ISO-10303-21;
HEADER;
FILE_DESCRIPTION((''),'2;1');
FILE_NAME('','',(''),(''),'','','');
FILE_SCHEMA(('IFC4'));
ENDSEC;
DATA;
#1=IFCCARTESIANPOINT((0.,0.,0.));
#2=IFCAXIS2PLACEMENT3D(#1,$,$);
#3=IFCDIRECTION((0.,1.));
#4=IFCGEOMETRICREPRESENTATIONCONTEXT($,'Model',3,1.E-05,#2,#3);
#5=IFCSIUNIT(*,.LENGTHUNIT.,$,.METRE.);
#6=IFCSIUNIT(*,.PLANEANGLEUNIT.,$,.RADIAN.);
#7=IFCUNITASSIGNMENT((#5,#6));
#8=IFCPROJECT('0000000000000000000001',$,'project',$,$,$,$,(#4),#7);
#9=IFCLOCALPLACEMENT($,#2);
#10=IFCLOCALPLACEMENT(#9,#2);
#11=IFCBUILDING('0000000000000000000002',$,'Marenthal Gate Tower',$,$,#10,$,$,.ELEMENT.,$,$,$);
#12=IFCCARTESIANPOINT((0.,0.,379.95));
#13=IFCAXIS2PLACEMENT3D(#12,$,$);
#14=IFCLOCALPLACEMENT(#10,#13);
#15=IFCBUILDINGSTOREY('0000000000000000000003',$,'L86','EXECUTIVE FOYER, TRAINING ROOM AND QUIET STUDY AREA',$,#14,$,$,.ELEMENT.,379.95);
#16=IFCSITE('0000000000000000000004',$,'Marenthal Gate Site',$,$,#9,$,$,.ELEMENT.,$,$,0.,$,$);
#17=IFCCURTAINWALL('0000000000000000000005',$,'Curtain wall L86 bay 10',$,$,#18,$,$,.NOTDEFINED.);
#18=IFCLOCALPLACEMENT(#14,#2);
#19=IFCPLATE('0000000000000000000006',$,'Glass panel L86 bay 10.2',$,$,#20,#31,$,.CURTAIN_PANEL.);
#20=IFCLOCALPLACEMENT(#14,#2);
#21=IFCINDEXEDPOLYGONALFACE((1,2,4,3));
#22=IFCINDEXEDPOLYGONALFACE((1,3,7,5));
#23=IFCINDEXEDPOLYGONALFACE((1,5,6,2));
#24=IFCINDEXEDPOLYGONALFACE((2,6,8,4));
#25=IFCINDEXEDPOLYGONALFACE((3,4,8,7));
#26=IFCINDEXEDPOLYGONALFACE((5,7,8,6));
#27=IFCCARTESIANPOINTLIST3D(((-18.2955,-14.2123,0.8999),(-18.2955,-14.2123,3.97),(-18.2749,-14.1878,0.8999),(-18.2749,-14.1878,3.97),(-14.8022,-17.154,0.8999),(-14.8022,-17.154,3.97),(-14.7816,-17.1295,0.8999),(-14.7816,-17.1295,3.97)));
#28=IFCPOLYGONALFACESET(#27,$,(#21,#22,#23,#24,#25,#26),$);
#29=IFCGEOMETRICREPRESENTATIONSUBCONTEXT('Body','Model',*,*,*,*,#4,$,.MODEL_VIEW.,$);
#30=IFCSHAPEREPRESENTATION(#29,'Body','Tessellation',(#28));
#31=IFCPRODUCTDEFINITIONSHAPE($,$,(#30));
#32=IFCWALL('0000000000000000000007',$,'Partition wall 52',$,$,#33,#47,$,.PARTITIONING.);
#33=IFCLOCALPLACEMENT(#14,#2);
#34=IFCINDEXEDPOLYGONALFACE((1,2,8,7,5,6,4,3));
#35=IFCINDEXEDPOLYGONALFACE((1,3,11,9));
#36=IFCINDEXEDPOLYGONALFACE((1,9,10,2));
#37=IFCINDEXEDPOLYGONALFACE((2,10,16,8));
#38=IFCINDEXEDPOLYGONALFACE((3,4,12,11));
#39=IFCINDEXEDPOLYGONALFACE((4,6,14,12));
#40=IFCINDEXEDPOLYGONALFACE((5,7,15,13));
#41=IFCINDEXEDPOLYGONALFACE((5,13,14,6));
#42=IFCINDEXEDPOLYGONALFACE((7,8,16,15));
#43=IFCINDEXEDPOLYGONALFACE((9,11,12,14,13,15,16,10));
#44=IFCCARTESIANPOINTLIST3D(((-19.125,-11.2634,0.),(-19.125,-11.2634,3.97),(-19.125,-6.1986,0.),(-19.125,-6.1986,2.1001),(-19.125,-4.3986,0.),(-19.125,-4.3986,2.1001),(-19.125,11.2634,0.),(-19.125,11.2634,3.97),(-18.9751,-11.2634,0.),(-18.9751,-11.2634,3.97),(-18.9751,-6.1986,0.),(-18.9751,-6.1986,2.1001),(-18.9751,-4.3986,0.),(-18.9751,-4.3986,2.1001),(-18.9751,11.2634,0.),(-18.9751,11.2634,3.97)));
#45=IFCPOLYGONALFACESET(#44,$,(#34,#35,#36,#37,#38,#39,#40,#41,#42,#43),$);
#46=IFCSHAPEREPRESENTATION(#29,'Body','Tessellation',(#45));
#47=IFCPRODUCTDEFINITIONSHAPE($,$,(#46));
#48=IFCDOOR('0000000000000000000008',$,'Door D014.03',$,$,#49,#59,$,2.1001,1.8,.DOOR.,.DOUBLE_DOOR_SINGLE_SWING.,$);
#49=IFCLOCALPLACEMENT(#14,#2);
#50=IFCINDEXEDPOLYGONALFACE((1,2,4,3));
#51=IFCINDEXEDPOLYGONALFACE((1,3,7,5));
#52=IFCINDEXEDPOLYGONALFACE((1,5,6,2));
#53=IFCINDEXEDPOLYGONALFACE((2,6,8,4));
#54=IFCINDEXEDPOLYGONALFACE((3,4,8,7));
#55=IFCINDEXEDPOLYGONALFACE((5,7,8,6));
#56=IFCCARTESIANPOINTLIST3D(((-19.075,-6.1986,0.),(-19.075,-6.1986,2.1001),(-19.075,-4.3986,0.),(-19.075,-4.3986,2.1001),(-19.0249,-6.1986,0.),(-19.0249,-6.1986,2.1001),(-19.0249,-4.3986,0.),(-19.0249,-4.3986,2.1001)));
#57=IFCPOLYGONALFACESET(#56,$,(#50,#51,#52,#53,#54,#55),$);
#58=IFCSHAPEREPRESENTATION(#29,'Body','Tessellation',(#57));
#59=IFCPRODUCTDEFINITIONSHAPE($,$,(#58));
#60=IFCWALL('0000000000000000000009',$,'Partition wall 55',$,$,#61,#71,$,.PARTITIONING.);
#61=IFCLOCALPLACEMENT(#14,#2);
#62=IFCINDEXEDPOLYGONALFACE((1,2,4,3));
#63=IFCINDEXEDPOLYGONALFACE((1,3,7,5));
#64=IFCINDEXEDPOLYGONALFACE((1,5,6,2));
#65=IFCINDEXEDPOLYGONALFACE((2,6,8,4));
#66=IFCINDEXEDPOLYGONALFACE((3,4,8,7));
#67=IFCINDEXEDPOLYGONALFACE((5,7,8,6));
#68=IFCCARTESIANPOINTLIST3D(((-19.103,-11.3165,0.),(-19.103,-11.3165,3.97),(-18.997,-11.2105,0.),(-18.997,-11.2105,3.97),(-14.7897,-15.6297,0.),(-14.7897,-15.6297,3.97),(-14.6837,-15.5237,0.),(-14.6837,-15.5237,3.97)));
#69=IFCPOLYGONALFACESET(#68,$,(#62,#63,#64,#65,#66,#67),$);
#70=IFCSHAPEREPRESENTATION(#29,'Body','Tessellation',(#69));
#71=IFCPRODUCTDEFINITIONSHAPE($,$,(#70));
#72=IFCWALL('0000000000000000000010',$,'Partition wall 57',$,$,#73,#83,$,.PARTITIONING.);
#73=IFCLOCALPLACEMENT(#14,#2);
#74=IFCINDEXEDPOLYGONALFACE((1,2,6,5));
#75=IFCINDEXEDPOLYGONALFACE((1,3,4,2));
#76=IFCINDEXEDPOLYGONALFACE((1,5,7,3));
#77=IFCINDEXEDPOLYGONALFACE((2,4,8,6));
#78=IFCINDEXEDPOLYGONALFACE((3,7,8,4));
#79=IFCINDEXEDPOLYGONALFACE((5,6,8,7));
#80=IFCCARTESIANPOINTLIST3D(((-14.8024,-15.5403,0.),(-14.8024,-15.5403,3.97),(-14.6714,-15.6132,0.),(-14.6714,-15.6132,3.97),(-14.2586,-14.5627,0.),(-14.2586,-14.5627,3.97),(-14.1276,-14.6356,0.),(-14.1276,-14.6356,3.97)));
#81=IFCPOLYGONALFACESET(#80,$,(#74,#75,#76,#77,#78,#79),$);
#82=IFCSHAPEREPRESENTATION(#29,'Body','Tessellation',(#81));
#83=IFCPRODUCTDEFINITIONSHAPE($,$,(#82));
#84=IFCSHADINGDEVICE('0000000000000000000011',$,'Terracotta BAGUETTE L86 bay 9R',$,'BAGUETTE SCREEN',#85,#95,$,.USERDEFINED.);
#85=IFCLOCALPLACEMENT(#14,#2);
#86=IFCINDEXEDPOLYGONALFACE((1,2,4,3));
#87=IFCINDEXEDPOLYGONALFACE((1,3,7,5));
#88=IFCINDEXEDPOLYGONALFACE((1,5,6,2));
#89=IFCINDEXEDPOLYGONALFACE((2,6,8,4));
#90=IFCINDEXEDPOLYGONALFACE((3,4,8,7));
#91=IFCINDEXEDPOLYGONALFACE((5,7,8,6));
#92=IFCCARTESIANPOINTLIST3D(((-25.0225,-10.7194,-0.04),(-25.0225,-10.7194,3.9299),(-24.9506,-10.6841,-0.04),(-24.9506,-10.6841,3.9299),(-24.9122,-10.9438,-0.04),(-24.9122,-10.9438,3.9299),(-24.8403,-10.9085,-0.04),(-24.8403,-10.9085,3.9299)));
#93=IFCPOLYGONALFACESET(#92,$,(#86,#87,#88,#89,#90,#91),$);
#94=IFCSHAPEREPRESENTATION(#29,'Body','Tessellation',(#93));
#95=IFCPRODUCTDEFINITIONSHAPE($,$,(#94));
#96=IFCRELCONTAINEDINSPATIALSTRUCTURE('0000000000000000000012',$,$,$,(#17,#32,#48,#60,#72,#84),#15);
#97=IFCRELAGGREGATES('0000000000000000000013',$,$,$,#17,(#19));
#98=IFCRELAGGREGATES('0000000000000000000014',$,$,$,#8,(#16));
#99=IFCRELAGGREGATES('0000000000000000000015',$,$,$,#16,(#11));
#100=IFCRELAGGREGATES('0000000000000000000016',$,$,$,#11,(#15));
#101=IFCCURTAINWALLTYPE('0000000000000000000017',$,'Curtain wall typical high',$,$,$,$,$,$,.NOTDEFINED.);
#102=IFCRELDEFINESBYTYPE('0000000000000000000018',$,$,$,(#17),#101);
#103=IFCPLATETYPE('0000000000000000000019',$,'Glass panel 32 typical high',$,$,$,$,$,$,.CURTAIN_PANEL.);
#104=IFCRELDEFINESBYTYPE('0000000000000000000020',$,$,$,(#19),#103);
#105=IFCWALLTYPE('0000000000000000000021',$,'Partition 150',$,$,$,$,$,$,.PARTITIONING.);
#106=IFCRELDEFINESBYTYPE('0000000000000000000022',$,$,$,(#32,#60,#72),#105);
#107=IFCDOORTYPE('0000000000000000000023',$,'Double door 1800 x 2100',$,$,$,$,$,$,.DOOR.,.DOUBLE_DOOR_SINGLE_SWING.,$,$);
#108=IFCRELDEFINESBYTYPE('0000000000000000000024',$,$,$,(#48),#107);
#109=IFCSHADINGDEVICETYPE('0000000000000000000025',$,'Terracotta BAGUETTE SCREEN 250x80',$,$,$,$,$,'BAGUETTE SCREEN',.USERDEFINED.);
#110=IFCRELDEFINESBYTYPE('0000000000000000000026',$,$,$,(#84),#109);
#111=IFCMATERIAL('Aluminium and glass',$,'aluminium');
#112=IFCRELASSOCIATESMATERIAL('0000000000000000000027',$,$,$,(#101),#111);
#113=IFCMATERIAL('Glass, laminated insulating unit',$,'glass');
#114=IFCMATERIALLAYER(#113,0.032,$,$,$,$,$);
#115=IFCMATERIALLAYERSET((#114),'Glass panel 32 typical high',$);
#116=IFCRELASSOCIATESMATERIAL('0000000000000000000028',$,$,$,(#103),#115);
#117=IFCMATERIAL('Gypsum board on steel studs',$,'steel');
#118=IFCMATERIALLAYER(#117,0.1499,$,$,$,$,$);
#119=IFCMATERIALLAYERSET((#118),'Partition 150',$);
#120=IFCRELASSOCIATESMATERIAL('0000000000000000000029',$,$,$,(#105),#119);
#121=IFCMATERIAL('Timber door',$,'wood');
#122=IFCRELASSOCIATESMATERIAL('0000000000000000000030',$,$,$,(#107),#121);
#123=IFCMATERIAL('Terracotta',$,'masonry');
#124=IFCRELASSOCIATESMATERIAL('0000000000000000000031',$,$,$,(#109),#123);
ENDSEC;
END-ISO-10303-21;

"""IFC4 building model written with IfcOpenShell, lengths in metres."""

from ifc_helpers import new_model, si_unit, direction, frame, frame_2d, origin, origin_2d, place, context, subcontext, project, spatial, rectangle, extrude, material, layer, layer_set, material_profile, profile_set, type_object, element, fill, aggregate, save


model = new_model("IFC4")

# Units and contexts
model_context = context("Model", 3, precision=1e-05, world=origin(), true_north=direction((0.0, 1.0)))
body_context = subcontext(model_context, "Body", "Model", "MODEL_VIEW")
ifc_project = project(units=[si_unit("LENGTHUNIT", "METRE"), si_unit("PLANEANGLEUNIT", "RADIAN")], contexts=[model_context])

# Site, building, storey
site_placement = place(None, origin())
site = spatial("IfcSite", under=ifc_project, at=site_placement, Name="Marenthal Gate Site", CompositionType="ELEMENT", RefElevation=0.0)
building_placement = place(site_placement, origin())
building = spatial("IfcBuilding", under=site, at=building_placement, Name="Marenthal Gate Tower", CompositionType="ELEMENT")
storey_placement = place(building_placement, frame((0.0, 0.0, 379.95)))
storey = spatial("IfcBuildingStorey", under=building, at=storey_placement, Name="L86", Description="EXECUTIVE FOYER, TRAINING ROOM AND QUIET STUDY AREA", CompositionType="ELEMENT", Elevation=379.95)

# Curtain wall
ifc_material_1 = material(Name="Aluminium and glass", Category="aluminium")
curtain_wall_type = type_object("IfcCurtainWallType", Name="Curtain wall typical high", PredefinedType="NOTDEFINED", material=ifc_material_1)
curtain_wall_placement = place(storey_placement, origin())
curtain_wall = element("IfcCurtainWall", 1, at=curtain_wall_placement, inside=storey, type_object=curtain_wall_type, Name="Curtain wall L86 bay 10", PredefinedType="NOTDEFINED")

# Plate
ifc_material_2 = material(Name="Glass, laminated insulating unit", Category="glass")
ifc_layer_1 = layer(ifc_material_2, 0.032)
ifc_layer_set_1 = layer_set([ifc_layer_1], Name="Glass panel 32 typical high")
plate_type = type_object("IfcPlateType", Name="Glass panel 32 typical high", PredefinedType="CURTAIN_PANEL", material=ifc_layer_set_1)
plate_1_placement = place(storey_placement, frame((-16.5386, -15.6709, 0.8999), z_axis=(0.0, 0.0, 1.0), x_axis=(0.764912, -0.644135, 0.0)))
plate_1 = element("IfcPlate", 2, at=plate_1_placement, type_object=plate_type, Name="Glass panel L86 bay 10.2", PredefinedType="CURTAIN_PANEL", context=body_context, shape_type="SweptSolid", body=[
    extrude(rectangle(XDim=4.5669, YDim=0.032, at=origin_2d()), origin(), (0.0, 0.0, 1.0), 3.0701),
])
aggregate(curtain_wall, [plate_1])

# Wall, opening, door
ifc_material_3 = material(Name="Gypsum board on steel studs", Category="steel")
ifc_layer_2 = layer(ifc_material_3, 0.1499)
ifc_layer_set_2 = layer_set([ifc_layer_2], Name="Partition 150")
wall_type_1 = type_object("IfcWallType", Name="Partition 150", PredefinedType="PARTITIONING", material=ifc_layer_set_2)
wall_1_placement = place(storey_placement, frame((-19.05, -11.2634, 0.0), z_axis=(0.0, 0.0, 1.0), x_axis=(0.0, 1.0, 0.0)))
wall_1 = element("IfcWall", 3, at=wall_1_placement, inside=storey, type_object=wall_type_1, Name="Partition wall 52", PredefinedType="PARTITIONING", context=body_context, shape_type="SweptSolid", body=[
    extrude(rectangle(XDim=22.5269, YDim=0.1499, at=frame_2d((11.2634, 0.0))), origin(), (0.0, 0.0, 1.0), 3.97),
])
opening_1_placement = place(wall_1_placement, frame((5.0649, 0.0, 0.0)))
opening_1 = element("IfcOpeningElement", 4, at=opening_1_placement, cuts=wall_1, PredefinedType="OPENING", context=body_context, shape_type="SweptSolid", body=[
    extrude(rectangle(XDim=1.8, YDim=2.1001, at=frame_2d((0.8999, 1.05))), frame((0.0, 0.085, 0.0), z_axis=(0.0, -1.0, 0.0), x_axis=(1.0, 0.0, 0.0)), (0.0, 0.0, 1.0), 0.1699),
])
ifc_material_4 = material(Name="Timber door", Category="wood")
door_type_1 = type_object("IfcDoorType", Name="Double door 1800 x 2100", OperationType="DOUBLE_DOOR_SINGLE_SWING", PredefinedType="DOOR", material=ifc_material_4)
door_1_placement = place(opening_1_placement, origin())
door_1 = element("IfcDoor", 5, at=door_1_placement, inside=storey, type_object=door_type_1, Name="Door D014.03", OperationType="DOUBLE_DOOR_SINGLE_SWING", OverallHeight=2.1001, OverallWidth=1.8, PredefinedType="DOOR", context=body_context, shape_type="SweptSolid", body=[
    extrude(rectangle(XDim=1.8, YDim=2.1001, at=frame_2d((0.8999, 1.05))), frame((0.0, 0.0249, 0.0), z_axis=(0.0, -1.0, 0.0), x_axis=(1.0, 0.0, 0.0)), (0.0, 0.0, 1.0), 0.05),
])
fill(opening_1, door_1)

# Walls
wall_2_placement = place(storey_placement, frame((-14.7368, -15.5767, 0.0), z_axis=(0.0, 0.0, 1.0), x_axis=(-0.707107, 0.707107, 0.0)))
element("IfcWall", 6, at=wall_2_placement, inside=storey, type_object=wall_type_1, Name="Partition wall 55", PredefinedType="PARTITIONING", context=body_context, shape_type="SweptSolid", body=[
    extrude(rectangle(XDim=6.0999, YDim=0.1499, at=frame_2d((3.0498, 0.0))), origin(), (0.0, 0.0, 1.0), 3.97),
])
wall_3_placement = place(storey_placement, frame((-14.1931, -14.5991, 0.0), z_axis=(0.0, 0.0, 1.0), x_axis=(-0.486069, -0.87392, 0.0)))
element("IfcWall", 7, at=wall_3_placement, inside=storey, type_object=wall_type_1, Name="Partition wall 57", PredefinedType="PARTITIONING", context=body_context, shape_type="SweptSolid", body=[
    extrude(rectangle(XDim=1.1187, YDim=0.1499, at=frame_2d((0.5593, 0.0))), origin(), (0.0, 0.0, 1.0), 3.97),
])

# Shading device
ifc_material_5 = material(Name="Terracotta", Category="masonry")
ifc_material_profile_1 = material_profile(ifc_material_5, rectangle(XDim=0.25, YDim=0.0801, at=origin_2d()), Name="Terracotta baguette 250x80")
ifc_profile_set_1 = profile_set([ifc_material_profile_1], Name="Terracotta")
shading_device_type = type_object("IfcShadingDeviceType", Name="Terracotta BAGUETTE SCREEN 250x80", ElementType="BAGUETTE SCREEN", PredefinedType="USERDEFINED", material=ifc_profile_set_1)
shading_device_placement = place(storey_placement, frame((-24.9314, -10.814, -0.04), z_axis=(0.0, 0.0, 1.0), x_axis=(0.440939, -0.897537, 0.0)))
element("IfcShadingDevice", 8, at=shading_device_placement, inside=storey, type_object=shading_device_type, Name="Terracotta BAGUETTE L86 bay 9R", ObjectType="BAGUETTE SCREEN", PredefinedType="USERDEFINED", context=body_context, shape_type="SweptSolid", body=[
    extrude(rectangle(XDim=0.25, YDim=0.0801, at=origin_2d()), origin(), (0.0, 0.0, 1.0), 3.97),
])

save(model, "model.ifc")
